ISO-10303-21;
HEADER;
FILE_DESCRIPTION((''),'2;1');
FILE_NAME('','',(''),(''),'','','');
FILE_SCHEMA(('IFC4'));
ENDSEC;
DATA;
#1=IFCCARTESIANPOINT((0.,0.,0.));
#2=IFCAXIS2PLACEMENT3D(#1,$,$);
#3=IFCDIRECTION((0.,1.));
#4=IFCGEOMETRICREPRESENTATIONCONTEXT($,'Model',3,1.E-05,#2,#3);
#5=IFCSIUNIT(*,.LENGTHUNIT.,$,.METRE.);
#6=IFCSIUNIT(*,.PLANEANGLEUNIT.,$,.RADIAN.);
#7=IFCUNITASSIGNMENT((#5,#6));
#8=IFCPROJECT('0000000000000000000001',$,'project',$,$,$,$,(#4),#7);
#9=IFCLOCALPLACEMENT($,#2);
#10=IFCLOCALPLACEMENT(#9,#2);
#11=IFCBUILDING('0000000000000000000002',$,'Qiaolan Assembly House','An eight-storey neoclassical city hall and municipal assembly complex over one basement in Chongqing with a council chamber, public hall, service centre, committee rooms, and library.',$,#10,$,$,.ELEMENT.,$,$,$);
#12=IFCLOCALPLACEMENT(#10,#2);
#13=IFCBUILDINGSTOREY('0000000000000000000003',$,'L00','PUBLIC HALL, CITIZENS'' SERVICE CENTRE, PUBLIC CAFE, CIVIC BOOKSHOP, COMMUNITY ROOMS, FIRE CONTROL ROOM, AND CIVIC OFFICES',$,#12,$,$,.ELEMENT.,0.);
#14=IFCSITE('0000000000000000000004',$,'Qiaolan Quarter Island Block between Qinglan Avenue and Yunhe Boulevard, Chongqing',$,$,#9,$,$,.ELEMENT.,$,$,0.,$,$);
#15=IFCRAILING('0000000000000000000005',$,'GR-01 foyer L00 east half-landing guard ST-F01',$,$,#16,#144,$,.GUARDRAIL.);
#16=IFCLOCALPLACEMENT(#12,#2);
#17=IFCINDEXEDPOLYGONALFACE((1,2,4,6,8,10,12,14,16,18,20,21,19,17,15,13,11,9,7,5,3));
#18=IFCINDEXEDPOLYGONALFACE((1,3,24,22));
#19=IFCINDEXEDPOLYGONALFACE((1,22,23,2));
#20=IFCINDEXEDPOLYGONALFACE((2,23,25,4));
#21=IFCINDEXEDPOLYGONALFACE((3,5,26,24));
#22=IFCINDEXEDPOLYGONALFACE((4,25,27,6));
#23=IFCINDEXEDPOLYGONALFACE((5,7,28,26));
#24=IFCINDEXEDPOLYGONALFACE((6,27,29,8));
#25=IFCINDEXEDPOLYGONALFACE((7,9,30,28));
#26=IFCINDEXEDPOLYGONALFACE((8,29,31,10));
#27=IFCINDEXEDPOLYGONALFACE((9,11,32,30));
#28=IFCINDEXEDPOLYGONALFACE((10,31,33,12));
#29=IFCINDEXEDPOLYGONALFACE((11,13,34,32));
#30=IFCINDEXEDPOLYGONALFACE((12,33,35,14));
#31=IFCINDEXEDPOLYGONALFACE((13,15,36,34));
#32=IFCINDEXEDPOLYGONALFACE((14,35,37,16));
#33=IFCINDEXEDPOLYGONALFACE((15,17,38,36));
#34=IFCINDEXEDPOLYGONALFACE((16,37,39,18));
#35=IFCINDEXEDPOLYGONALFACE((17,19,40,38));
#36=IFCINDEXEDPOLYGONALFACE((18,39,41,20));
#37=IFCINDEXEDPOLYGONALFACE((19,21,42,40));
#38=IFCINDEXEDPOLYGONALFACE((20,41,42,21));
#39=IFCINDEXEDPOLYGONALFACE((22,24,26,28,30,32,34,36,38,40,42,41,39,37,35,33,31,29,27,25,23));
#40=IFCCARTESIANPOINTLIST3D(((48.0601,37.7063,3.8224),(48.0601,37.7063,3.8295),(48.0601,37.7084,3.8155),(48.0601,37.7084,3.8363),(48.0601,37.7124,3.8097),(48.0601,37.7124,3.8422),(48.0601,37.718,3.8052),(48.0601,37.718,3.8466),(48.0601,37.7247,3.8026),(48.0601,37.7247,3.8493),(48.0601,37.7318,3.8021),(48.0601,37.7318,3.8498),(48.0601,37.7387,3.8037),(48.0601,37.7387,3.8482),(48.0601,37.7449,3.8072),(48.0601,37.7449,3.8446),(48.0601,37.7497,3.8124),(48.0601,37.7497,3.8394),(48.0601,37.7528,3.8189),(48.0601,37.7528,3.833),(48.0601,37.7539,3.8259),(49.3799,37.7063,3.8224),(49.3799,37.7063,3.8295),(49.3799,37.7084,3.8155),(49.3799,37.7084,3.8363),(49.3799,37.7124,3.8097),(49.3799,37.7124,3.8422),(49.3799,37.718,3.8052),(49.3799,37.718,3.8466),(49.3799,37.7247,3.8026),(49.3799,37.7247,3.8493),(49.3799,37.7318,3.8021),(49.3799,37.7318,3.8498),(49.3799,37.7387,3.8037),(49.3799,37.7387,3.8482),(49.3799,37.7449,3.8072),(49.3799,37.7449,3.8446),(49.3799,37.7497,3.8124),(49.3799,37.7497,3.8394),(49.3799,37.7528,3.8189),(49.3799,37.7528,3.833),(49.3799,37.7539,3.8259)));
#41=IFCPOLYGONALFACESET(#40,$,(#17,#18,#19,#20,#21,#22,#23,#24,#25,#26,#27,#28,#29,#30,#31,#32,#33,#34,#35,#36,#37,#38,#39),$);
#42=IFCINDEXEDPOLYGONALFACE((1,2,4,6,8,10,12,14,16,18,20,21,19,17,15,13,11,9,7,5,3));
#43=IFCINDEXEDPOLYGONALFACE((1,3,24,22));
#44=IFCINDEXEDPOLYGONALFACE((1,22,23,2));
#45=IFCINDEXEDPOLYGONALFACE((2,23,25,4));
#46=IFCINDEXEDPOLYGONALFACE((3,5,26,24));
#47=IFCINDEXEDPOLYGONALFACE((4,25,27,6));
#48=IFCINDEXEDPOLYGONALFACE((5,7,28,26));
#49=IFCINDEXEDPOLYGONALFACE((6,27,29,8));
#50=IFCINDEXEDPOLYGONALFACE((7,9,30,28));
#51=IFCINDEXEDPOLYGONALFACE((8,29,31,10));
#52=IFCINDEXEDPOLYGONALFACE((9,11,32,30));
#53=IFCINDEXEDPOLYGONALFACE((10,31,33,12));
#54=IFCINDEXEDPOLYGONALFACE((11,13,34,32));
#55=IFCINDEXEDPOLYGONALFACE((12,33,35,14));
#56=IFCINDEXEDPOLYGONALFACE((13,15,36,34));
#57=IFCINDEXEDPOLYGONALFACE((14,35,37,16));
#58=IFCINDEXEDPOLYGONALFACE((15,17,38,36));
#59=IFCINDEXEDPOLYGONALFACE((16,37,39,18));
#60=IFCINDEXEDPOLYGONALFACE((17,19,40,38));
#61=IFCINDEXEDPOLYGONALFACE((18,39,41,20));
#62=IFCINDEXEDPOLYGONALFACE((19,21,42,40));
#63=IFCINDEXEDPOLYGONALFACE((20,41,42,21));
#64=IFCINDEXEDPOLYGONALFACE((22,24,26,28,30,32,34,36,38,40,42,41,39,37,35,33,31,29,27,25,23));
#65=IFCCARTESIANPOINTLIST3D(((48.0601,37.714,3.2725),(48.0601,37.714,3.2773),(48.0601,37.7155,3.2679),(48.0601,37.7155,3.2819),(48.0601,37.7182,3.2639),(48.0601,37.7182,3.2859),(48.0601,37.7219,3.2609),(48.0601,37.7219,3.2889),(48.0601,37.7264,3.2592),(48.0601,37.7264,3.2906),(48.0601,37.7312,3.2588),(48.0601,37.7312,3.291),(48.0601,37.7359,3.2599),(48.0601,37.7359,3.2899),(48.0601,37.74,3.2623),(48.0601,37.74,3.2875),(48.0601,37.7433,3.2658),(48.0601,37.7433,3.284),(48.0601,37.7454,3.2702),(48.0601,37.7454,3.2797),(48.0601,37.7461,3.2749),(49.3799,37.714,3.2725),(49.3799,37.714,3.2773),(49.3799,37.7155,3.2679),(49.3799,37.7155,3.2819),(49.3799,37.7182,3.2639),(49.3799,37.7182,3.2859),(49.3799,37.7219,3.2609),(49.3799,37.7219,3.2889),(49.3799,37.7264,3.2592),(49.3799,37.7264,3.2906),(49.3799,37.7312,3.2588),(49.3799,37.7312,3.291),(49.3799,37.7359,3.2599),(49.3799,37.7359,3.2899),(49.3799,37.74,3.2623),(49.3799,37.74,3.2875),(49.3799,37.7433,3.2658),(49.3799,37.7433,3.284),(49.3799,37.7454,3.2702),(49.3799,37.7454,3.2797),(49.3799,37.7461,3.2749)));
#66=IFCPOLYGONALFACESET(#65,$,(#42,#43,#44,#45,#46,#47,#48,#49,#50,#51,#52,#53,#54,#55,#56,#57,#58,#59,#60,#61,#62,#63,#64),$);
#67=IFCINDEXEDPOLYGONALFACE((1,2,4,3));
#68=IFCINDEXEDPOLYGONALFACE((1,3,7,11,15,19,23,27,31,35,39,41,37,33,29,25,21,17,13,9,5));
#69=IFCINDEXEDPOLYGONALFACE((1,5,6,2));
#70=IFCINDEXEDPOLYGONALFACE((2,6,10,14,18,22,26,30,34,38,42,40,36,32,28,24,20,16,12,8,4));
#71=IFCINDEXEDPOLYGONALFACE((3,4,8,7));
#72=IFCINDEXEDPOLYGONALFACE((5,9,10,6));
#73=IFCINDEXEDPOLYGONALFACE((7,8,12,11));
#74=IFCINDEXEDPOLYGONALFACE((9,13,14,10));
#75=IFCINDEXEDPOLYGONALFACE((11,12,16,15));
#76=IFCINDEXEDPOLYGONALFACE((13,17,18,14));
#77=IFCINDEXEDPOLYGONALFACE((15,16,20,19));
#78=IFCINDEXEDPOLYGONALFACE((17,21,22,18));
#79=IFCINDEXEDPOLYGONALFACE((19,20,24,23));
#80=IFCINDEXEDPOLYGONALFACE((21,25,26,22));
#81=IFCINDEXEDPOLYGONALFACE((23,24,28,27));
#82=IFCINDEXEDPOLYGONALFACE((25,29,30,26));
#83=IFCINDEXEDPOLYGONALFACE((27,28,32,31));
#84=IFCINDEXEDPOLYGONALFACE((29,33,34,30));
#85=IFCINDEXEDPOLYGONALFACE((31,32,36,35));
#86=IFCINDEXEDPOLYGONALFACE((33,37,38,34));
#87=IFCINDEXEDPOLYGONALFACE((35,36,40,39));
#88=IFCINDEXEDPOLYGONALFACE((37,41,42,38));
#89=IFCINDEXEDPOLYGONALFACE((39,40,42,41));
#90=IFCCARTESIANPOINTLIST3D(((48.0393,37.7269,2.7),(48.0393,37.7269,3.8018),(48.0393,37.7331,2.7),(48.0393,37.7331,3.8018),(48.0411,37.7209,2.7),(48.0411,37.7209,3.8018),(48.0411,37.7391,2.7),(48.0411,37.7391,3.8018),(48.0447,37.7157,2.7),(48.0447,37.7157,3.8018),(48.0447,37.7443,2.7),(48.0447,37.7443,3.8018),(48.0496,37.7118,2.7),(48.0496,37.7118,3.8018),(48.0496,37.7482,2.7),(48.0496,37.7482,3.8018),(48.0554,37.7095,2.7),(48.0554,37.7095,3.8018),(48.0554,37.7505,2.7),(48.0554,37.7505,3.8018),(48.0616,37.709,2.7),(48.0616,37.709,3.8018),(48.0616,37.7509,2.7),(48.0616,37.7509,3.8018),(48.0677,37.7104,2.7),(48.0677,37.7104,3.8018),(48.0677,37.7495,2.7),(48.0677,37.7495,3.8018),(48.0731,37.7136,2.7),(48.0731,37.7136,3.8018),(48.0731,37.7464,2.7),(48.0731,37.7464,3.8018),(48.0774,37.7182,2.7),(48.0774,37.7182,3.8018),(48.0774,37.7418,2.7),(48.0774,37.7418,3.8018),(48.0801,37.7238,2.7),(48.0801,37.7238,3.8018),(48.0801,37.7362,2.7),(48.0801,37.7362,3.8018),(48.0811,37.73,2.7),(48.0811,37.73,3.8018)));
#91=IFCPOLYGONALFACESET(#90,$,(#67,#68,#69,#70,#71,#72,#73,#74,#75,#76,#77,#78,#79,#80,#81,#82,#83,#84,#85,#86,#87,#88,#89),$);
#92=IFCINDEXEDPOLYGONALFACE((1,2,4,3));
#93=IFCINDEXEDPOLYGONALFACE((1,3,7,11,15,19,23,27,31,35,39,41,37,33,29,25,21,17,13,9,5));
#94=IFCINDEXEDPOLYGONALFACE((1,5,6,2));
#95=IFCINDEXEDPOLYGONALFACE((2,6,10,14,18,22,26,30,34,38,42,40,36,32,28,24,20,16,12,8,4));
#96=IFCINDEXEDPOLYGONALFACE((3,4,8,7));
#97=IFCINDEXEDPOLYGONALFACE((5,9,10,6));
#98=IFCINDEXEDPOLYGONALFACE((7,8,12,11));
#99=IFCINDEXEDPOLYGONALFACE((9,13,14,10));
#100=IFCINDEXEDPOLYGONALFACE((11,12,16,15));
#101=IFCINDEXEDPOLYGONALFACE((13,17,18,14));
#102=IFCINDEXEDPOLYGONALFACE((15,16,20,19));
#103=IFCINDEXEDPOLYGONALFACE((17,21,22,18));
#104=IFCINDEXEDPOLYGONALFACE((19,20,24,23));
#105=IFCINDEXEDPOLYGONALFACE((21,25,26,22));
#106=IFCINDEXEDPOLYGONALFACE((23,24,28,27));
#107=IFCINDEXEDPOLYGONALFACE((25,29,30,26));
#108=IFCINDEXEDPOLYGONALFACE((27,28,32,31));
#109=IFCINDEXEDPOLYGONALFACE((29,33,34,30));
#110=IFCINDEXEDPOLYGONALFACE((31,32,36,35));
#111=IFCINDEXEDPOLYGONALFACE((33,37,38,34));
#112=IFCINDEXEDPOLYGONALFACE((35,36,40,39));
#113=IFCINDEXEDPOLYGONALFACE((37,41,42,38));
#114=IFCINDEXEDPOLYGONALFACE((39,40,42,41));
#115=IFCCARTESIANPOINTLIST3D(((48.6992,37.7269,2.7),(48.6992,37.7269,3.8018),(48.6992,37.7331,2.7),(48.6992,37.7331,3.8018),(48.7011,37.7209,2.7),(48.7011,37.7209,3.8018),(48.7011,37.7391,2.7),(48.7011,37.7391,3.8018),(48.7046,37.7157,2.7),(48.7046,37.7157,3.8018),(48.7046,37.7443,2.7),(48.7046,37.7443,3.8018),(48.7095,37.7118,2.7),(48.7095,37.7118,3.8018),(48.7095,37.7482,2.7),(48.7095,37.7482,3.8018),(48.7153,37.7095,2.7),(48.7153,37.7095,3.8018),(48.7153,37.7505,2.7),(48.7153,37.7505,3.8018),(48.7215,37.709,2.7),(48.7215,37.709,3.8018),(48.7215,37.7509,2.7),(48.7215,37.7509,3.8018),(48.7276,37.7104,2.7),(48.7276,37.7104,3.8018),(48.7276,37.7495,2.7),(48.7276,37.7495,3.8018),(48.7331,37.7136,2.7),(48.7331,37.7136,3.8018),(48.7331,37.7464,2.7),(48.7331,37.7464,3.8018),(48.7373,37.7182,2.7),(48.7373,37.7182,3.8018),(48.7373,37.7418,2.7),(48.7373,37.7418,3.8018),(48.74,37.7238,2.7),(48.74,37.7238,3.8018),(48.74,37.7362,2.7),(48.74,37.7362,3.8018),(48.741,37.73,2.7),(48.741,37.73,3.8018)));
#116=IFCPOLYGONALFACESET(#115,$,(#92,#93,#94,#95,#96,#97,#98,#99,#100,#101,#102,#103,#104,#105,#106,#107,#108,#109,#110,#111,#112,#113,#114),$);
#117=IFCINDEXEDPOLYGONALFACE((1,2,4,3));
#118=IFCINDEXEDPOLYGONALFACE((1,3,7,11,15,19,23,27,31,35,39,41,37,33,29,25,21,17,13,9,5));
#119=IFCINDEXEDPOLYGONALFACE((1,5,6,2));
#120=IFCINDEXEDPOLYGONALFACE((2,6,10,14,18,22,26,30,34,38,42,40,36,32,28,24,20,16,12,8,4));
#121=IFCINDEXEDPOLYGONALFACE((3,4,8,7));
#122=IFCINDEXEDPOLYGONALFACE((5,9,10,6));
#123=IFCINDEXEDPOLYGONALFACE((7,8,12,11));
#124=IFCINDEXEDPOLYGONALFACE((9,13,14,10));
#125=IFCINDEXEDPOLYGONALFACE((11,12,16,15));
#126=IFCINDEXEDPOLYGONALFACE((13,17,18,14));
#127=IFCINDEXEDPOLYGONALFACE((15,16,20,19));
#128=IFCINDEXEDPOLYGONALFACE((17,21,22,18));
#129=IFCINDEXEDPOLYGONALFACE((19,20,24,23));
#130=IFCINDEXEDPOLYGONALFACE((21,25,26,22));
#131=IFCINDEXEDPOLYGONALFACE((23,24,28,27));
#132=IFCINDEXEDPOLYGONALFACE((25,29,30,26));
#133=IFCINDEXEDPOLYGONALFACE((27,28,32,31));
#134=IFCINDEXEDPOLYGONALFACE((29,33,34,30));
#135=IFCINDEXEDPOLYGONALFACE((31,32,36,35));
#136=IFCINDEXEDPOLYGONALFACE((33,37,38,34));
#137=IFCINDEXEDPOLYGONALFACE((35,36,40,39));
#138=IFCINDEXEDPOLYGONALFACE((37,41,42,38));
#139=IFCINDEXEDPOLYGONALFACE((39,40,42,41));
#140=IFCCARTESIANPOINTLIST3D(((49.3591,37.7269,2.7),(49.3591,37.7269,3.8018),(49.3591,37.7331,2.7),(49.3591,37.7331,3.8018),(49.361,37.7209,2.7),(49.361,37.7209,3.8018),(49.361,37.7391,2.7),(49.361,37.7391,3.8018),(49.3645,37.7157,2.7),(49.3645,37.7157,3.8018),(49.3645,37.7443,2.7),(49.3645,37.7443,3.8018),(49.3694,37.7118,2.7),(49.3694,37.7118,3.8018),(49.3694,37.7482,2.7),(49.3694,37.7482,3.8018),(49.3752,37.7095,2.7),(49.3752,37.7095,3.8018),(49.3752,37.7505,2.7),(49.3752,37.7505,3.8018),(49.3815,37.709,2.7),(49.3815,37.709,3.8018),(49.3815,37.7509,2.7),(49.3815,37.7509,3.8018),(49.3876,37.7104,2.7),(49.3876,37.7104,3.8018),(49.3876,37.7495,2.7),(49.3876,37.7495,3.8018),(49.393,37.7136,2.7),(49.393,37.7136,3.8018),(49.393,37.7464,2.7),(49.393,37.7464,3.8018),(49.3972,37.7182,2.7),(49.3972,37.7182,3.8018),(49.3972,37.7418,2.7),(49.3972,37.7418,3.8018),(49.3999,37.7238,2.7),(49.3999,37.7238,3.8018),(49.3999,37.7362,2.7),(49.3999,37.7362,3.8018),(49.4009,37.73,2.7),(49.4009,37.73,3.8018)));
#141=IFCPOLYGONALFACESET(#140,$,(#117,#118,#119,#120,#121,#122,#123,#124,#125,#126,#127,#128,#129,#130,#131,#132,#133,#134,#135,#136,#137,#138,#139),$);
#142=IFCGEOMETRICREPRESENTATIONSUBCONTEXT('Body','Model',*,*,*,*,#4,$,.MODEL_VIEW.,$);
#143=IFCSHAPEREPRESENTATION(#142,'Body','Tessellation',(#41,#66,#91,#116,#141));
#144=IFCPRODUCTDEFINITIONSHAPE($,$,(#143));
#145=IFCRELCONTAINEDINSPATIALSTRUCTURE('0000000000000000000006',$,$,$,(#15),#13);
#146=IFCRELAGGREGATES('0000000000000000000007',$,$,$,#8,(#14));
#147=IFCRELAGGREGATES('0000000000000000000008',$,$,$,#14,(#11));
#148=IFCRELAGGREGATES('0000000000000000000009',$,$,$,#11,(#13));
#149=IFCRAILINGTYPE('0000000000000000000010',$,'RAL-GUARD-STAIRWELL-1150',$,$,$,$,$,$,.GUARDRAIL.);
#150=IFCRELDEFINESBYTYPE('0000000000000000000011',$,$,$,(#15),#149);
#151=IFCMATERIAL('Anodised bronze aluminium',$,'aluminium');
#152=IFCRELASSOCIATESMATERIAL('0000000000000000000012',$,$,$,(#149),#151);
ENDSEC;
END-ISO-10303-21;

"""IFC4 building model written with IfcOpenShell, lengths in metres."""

from ifc_helpers import new_model, si_unit, direction, frame, origin, origin_2d, place, context, subcontext, project, spatial, circle, extrude, material, type_object, element, save


model = new_model("IFC4")

# Units and contexts
model_context = context("Model", 3, precision=1e-05, world=origin(), true_north=direction((0.0, 1.0)))
body_context = subcontext(model_context, "Body", "Model", "MODEL_VIEW")
ifc_project = project(units=[si_unit("LENGTHUNIT", "METRE"), si_unit("PLANEANGLEUNIT", "RADIAN")], contexts=[model_context])

# Site, building, storey
site_placement = place(None, origin())
site = spatial("IfcSite", under=ifc_project, at=site_placement, Name="Qiaolan Quarter Island Block between Qinglan Avenue and Yunhe Boulevard, Chongqing", CompositionType="ELEMENT", RefElevation=0.0)
building_placement = place(site_placement, origin())
building = spatial("IfcBuilding", under=site, at=building_placement, Name="Qiaolan Assembly House", Description="An eight-storey neoclassical city hall and municipal assembly complex over one basement in Chongqing with a council chamber, public hall, service centre, committee rooms, and library.", CompositionType="ELEMENT")
storey_placement = place(building_placement, origin())
storey = spatial("IfcBuildingStorey", under=building, at=storey_placement, Name="L00", Description="PUBLIC HALL, CITIZENS' SERVICE CENTRE, PUBLIC CAFE, CIVIC BOOKSHOP, COMMUNITY ROOMS, FIRE CONTROL ROOM, AND CIVIC OFFICES", CompositionType="ELEMENT", Elevation=0.0)

# Shared definitions
ifc_material_1 = material(Name="Anodised bronze aluminium", Category="aluminium")

# Railing
railing_type = type_object("IfcRailingType", Name="RAL-GUARD-STAIRWELL-1150", PredefinedType="GUARDRAIL", material=ifc_material_1)
railing_1_placement = place(storey_placement, frame((48.0601, 37.73, 2.7)))
element("IfcRailing", 1, at=railing_1_placement, inside=storey, type_object=railing_type, Name="GR-01 foyer L00 east half-landing guard ST-F01", PredefinedType="GUARDRAIL", context=body_context, shape_type="SweptSolid", body=[
    extrude(circle(Radius=0.0239, at=origin_2d()), frame((0.0, 0.0, 1.126), z_axis=(1.0, 0.0, 0.0), x_axis=(0.0, 1.0, 0.0)), (0.0, 0.0, 1.0), 1.3198),
    extrude(circle(Radius=0.0161, at=origin_2d()), frame((0.0, 0.0, 0.575), z_axis=(1.0, 0.0, 0.0), x_axis=(0.0, 1.0, 0.0)), (0.0, 0.0, 1.0), 1.3198),
    extrude(circle(Radius=0.021, at=origin_2d()), origin(), (0.0, 0.0, 1.0), 1.1018),
    extrude(circle(Radius=0.021, at=origin_2d()), frame((0.6599, 0.0, 0.0)), (0.0, 0.0, 1.0), 1.1018),
    extrude(circle(Radius=0.021, at=origin_2d()), frame((1.3198, 0.0, 0.0)), (0.0, 0.0, 1.0), 1.1018),
])

save(model, "model.ifc")
